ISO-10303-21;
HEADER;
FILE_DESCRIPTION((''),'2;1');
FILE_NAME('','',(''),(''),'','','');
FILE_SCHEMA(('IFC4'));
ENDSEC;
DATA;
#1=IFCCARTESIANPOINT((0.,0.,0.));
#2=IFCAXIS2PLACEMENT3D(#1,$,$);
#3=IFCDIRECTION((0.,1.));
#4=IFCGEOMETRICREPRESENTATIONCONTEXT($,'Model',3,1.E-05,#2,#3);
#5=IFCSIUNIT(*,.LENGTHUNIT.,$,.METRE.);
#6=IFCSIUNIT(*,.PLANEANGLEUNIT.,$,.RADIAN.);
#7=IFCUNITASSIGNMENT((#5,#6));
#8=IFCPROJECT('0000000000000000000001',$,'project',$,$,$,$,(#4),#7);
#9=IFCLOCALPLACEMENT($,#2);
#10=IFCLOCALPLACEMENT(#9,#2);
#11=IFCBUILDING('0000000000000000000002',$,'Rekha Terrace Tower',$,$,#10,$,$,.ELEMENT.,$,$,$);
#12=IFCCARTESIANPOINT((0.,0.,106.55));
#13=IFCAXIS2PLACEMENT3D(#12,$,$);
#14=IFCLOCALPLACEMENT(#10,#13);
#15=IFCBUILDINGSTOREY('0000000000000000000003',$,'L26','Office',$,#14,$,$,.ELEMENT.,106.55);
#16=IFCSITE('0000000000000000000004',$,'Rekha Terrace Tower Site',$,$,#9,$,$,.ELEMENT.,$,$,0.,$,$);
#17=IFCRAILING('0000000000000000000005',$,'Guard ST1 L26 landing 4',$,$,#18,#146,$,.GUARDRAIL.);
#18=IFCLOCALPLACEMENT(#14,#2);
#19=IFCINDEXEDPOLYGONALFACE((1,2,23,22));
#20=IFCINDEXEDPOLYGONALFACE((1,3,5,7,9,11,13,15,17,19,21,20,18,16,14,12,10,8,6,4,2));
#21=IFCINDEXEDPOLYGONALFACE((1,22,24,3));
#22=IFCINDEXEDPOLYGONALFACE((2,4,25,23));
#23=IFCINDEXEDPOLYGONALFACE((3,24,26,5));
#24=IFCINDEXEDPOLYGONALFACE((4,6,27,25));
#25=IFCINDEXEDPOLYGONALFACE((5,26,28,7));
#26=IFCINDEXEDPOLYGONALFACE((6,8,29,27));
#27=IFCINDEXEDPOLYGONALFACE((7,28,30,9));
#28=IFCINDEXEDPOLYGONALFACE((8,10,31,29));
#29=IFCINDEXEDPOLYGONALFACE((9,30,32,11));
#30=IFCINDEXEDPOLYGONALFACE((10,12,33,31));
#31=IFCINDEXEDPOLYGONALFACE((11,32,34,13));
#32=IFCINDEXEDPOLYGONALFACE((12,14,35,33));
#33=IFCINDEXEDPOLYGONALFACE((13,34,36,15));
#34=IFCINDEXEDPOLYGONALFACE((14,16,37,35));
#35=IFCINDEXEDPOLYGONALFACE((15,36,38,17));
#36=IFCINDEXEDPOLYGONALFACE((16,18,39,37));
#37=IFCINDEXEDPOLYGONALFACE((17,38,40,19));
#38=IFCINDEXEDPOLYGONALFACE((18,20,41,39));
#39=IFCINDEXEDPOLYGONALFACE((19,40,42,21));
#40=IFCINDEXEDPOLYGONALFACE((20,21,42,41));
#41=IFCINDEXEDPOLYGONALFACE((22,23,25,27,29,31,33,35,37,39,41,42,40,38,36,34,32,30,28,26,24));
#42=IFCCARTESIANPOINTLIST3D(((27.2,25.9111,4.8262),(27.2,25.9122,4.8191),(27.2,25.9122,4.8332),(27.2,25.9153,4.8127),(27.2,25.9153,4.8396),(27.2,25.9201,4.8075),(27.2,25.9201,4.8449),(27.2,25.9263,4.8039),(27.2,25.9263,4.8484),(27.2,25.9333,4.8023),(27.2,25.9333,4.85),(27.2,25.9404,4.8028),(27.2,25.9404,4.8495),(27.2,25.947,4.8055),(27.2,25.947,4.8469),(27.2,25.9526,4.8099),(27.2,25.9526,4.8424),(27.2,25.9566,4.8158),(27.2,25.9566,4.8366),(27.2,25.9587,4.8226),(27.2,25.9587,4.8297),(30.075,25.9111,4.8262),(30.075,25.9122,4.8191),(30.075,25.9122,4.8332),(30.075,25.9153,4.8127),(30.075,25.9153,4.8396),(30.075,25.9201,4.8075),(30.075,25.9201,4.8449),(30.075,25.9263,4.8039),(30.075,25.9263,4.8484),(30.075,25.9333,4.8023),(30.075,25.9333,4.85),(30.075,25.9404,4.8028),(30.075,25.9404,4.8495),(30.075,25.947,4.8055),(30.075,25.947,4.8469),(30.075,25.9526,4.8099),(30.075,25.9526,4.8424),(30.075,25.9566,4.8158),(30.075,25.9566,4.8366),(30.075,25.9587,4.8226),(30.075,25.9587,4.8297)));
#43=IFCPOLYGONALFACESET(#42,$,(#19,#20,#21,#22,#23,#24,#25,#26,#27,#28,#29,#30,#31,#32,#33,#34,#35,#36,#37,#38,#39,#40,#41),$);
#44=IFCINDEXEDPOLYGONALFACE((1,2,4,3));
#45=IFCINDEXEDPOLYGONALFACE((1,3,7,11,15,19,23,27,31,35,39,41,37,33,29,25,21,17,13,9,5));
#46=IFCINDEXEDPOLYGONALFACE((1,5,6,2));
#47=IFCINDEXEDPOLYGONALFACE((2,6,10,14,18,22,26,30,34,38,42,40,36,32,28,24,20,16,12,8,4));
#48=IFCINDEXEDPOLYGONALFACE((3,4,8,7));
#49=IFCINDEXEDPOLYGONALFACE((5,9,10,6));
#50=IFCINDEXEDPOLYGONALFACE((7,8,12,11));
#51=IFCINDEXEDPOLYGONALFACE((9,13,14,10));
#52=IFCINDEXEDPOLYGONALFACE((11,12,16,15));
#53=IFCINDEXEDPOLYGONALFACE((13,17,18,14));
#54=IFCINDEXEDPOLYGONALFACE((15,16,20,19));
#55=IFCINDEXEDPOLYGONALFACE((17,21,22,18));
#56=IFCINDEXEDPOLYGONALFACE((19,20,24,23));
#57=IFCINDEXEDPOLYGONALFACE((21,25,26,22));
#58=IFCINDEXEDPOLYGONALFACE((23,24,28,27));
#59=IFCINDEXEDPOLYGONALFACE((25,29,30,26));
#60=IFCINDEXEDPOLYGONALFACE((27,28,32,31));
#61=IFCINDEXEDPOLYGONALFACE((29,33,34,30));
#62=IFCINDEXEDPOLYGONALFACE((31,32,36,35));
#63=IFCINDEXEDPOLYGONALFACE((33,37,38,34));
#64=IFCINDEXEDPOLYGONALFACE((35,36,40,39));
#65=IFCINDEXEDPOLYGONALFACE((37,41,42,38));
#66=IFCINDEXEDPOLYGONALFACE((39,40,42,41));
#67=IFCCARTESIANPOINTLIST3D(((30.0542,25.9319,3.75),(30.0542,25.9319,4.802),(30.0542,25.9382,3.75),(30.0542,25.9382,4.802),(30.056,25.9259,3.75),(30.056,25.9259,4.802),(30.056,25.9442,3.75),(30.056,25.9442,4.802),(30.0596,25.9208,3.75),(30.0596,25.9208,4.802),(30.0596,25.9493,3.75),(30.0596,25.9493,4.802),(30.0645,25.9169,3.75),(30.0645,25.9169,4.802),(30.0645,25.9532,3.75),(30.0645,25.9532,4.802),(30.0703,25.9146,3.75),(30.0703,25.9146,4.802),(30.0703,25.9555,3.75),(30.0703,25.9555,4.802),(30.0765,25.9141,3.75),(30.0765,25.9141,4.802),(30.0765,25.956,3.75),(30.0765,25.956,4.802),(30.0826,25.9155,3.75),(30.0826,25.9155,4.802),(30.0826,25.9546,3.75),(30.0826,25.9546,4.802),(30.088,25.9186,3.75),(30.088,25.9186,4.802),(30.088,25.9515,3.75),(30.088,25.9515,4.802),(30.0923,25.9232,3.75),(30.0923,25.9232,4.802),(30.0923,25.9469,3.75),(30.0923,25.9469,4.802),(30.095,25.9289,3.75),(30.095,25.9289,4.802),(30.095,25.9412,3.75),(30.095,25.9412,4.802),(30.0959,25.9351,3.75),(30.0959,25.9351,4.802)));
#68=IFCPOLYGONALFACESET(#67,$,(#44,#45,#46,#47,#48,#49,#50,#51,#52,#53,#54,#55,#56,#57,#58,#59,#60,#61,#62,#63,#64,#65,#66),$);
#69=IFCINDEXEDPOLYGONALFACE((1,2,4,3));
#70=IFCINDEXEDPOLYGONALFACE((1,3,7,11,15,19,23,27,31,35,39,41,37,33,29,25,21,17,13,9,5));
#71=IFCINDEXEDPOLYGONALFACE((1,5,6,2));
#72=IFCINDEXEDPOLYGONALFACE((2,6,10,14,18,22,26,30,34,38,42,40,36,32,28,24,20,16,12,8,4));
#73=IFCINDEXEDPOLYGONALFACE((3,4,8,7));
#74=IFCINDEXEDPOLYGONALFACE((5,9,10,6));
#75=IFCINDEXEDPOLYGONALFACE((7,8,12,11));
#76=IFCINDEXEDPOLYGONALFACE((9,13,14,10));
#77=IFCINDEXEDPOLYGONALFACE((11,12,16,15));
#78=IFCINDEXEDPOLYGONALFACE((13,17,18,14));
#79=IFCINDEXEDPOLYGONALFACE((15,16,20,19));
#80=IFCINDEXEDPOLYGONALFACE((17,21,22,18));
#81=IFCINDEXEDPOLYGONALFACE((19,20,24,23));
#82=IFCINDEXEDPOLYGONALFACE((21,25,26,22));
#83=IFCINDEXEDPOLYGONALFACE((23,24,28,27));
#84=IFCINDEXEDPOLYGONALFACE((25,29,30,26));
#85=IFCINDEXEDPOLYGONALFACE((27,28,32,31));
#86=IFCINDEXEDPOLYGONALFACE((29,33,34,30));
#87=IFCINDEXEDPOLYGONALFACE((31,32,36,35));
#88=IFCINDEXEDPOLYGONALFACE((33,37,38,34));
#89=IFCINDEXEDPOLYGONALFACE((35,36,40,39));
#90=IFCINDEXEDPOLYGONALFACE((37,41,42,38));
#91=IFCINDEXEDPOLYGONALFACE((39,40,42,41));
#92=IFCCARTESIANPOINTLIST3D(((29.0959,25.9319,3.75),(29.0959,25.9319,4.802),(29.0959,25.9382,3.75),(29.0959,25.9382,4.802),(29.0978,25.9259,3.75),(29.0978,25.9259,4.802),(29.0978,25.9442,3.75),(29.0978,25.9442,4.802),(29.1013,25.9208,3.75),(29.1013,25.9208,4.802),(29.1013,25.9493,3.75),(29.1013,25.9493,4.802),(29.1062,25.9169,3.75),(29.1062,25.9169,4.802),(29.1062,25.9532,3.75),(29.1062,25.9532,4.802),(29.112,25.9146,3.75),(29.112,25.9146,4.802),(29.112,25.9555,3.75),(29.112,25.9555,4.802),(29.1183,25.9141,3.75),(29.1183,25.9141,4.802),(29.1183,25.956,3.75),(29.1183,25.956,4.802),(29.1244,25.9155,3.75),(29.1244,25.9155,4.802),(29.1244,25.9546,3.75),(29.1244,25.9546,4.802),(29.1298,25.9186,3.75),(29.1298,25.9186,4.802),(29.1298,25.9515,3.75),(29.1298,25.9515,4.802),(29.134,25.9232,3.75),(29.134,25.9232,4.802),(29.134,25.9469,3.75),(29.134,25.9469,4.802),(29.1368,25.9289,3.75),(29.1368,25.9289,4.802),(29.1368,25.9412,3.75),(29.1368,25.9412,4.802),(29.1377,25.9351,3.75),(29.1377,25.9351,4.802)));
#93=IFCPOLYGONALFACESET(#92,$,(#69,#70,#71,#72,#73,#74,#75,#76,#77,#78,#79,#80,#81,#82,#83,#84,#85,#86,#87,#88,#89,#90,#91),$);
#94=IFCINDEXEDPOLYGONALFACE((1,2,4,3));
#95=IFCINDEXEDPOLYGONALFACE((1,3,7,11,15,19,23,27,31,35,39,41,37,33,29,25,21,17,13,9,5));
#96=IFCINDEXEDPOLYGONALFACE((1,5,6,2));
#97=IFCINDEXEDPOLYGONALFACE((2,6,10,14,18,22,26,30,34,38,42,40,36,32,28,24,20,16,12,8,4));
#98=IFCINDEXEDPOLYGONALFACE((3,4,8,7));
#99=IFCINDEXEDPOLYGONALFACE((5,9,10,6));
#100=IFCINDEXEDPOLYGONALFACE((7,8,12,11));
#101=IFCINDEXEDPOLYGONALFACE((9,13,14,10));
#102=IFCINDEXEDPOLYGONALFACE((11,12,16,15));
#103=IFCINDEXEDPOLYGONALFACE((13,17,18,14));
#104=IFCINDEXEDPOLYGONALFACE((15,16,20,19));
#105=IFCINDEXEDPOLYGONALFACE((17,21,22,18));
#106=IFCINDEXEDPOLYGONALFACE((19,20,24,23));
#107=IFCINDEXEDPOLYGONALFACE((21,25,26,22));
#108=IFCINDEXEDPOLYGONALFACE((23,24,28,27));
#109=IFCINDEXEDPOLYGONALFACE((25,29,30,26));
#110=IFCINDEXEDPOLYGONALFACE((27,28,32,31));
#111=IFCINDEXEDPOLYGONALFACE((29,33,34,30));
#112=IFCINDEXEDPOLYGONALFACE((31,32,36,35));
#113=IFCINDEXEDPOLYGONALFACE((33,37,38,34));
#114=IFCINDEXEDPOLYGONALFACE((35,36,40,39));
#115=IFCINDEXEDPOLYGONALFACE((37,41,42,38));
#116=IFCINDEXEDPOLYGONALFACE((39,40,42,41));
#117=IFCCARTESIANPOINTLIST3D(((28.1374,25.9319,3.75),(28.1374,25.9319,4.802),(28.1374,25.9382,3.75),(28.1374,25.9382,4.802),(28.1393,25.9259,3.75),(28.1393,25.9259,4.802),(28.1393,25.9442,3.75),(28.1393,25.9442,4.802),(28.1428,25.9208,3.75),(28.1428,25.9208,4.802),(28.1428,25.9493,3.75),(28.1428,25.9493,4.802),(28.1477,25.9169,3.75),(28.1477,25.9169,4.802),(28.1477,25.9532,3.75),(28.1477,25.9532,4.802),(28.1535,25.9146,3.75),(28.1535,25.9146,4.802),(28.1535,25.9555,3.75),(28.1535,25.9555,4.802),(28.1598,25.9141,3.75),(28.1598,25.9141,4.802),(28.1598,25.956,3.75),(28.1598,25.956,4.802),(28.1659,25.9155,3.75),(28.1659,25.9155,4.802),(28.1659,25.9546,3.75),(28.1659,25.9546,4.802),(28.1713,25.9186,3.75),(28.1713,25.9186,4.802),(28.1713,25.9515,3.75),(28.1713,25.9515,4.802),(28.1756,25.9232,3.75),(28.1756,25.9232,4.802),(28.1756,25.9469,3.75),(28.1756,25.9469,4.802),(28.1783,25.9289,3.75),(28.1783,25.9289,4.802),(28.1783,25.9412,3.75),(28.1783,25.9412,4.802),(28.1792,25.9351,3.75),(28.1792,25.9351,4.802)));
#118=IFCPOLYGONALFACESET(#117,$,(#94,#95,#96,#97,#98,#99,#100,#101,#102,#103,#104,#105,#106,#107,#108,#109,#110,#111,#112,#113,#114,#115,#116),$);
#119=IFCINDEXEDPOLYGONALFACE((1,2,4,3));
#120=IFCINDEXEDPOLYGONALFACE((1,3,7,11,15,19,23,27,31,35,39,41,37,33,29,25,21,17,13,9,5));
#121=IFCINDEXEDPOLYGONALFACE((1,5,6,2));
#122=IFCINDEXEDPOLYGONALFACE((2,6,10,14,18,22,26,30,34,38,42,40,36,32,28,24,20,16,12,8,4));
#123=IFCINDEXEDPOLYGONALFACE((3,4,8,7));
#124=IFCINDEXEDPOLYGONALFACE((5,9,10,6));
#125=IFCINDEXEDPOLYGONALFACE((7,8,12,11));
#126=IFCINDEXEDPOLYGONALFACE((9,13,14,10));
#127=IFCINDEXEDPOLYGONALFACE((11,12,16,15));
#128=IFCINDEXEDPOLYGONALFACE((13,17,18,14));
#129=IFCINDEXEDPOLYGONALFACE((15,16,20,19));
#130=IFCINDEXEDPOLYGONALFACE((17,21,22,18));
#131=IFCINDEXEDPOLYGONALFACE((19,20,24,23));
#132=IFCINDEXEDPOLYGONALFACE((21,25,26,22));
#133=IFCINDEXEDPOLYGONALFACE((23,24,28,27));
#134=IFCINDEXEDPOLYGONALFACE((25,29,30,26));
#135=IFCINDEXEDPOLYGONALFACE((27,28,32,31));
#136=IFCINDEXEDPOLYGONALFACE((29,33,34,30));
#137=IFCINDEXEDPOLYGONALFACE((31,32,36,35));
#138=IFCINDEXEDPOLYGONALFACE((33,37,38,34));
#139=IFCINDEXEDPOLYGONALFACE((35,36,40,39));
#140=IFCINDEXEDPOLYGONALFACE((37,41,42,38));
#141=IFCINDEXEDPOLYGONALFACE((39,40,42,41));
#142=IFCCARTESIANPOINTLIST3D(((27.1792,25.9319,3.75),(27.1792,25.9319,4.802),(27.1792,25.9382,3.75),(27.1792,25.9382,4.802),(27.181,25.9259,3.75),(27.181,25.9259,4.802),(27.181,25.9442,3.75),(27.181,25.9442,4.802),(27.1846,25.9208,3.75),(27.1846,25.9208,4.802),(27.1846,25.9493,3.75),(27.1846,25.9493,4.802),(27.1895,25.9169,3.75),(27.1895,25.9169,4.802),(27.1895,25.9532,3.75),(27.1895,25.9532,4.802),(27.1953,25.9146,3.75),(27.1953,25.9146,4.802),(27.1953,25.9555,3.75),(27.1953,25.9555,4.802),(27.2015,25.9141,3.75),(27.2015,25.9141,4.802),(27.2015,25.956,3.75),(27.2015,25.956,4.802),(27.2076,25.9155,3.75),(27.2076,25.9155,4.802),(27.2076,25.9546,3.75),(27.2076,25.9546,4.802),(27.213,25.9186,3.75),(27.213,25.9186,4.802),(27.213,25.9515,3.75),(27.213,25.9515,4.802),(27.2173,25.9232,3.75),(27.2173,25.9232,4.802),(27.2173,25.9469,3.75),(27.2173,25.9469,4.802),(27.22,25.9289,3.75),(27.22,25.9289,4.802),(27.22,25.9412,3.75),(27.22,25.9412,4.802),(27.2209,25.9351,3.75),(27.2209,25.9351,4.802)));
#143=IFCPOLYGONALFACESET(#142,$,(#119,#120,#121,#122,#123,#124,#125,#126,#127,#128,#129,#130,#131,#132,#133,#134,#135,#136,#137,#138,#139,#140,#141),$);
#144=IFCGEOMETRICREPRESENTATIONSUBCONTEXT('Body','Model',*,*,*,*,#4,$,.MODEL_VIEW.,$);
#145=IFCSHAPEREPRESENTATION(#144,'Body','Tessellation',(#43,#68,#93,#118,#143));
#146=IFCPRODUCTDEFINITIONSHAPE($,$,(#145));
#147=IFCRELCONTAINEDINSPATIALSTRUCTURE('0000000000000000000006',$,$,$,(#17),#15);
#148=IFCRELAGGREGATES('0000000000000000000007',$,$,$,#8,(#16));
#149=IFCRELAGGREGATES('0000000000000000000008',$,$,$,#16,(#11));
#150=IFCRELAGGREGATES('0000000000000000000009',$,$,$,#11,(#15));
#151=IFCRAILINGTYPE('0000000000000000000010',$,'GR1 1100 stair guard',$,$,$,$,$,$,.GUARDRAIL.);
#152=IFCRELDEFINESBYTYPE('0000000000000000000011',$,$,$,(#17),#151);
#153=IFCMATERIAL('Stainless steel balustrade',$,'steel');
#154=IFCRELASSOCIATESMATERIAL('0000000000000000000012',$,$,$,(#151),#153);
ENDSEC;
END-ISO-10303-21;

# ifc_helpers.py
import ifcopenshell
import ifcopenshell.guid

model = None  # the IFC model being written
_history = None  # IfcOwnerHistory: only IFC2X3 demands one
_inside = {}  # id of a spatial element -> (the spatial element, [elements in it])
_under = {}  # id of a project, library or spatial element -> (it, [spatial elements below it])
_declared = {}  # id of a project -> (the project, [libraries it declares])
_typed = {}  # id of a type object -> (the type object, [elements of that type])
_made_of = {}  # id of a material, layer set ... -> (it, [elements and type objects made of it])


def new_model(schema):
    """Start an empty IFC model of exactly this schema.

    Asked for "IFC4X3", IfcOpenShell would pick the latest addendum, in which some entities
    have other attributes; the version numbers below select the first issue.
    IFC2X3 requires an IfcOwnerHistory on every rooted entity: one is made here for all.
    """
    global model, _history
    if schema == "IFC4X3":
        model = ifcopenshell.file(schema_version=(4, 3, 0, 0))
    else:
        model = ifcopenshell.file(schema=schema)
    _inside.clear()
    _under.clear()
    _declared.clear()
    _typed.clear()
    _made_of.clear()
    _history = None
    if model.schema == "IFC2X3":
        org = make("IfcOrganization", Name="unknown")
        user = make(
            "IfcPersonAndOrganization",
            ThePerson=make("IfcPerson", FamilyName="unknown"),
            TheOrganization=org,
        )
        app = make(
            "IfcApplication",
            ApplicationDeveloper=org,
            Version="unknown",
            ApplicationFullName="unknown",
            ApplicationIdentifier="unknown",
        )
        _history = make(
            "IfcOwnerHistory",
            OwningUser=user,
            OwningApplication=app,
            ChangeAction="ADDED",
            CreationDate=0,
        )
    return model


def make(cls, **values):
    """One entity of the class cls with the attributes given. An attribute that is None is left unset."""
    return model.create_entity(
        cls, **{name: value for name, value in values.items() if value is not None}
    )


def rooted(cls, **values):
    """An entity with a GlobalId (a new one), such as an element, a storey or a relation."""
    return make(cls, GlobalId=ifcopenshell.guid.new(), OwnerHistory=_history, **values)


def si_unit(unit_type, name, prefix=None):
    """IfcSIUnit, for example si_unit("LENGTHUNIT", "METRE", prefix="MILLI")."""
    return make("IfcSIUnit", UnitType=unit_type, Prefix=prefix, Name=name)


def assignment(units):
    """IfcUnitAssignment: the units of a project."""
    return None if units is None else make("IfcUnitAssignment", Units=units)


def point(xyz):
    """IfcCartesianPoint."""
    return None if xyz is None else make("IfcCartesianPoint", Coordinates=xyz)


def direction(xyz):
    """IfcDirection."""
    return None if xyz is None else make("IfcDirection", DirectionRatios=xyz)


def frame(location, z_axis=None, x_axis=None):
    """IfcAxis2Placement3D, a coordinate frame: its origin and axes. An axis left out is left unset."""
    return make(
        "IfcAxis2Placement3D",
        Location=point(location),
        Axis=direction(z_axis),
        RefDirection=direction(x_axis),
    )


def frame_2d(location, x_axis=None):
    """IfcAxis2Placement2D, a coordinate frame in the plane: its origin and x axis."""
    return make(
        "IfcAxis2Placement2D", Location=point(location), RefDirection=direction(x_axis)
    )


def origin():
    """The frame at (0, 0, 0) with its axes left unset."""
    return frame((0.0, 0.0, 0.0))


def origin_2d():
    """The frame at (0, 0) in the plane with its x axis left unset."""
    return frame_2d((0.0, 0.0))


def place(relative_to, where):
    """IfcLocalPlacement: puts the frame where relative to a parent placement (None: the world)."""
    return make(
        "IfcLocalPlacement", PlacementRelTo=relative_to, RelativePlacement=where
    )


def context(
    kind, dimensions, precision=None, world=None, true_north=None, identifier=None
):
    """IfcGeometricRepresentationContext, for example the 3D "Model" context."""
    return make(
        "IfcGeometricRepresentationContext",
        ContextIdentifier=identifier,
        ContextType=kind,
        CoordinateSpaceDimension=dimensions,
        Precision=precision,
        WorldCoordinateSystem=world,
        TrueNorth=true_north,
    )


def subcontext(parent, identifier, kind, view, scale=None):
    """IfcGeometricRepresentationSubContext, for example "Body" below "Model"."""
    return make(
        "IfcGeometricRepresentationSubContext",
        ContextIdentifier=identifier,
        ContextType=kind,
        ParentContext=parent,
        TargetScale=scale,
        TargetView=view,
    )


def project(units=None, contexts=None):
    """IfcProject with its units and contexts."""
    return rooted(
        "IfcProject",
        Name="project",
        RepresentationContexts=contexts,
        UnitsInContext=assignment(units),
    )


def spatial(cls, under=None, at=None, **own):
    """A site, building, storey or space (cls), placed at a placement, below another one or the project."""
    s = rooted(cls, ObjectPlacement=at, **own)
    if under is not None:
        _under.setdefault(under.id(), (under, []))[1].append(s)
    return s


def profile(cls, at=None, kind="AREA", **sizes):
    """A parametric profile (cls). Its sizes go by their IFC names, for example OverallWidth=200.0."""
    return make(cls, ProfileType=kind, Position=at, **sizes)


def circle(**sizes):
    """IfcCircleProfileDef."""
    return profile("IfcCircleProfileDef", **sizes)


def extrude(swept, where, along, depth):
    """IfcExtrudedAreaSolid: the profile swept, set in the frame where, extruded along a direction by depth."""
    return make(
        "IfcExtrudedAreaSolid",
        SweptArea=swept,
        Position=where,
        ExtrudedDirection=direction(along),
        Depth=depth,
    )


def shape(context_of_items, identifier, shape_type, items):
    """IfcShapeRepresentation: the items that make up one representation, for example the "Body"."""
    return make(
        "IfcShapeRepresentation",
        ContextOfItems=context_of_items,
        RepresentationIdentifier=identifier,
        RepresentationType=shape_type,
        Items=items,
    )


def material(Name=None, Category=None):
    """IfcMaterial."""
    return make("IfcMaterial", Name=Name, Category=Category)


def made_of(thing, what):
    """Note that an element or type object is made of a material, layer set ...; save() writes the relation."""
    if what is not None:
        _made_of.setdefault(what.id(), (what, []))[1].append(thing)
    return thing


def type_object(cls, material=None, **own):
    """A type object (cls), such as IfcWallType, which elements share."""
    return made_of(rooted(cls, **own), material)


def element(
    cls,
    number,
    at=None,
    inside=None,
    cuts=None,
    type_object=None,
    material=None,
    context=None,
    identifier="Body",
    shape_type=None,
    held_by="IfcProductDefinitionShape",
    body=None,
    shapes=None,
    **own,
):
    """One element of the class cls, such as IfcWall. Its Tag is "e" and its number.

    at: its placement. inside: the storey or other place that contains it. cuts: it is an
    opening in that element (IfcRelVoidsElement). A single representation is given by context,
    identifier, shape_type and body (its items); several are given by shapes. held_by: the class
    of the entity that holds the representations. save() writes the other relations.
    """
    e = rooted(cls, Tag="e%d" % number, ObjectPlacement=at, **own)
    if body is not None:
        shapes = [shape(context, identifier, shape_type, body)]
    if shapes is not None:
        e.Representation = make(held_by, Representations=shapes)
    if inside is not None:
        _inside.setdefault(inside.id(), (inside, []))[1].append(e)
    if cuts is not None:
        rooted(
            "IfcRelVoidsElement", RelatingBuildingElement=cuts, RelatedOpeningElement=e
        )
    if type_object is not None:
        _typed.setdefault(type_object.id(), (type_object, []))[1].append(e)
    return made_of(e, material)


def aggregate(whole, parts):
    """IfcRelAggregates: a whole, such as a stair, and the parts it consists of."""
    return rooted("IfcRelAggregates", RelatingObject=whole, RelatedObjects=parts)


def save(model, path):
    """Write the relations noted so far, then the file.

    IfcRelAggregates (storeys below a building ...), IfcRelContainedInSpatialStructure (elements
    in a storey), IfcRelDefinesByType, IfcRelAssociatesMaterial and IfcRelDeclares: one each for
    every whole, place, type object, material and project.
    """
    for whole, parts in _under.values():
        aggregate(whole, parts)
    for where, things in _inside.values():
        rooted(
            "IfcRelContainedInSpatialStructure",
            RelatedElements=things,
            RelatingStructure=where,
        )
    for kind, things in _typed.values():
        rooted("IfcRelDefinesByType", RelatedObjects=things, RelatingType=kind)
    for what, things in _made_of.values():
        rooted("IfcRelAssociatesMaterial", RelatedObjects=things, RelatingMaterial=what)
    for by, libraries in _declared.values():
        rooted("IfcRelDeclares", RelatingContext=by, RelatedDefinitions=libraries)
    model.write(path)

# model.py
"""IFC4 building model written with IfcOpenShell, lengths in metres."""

from ifc_helpers import new_model, si_unit, direction, frame, origin, origin_2d, place, context, subcontext, project, spatial, circle, extrude, material, type_object, element, save


model = new_model("IFC4")

# Units and contexts
model_context = context("Model", 3, precision=1e-05, world=origin(), true_north=direction((0.0, 1.0)))
body_context = subcontext(model_context, "Body", "Model", "MODEL_VIEW")
ifc_project = project(units=[si_unit("LENGTHUNIT", "METRE"), si_unit("PLANEANGLEUNIT", "RADIAN")], contexts=[model_context])

# Site, building, storey
site_placement = place(None, origin())
site = spatial("IfcSite", under=ifc_project, at=site_placement, Name="Rekha Terrace Tower Site", CompositionType="ELEMENT", RefElevation=0.0)
building_placement = place(site_placement, origin())
building = spatial("IfcBuilding", under=site, at=building_placement, Name="Rekha Terrace Tower", CompositionType="ELEMENT")
storey_placement = place(building_placement, frame((0.0, 0.0, 106.55)))
storey = spatial("IfcBuildingStorey", under=building, at=storey_placement, Name="L26", Description="Office", CompositionType="ELEMENT", Elevation=106.55)

# Railing
ifc_material_1 = material(Name="Stainless steel balustrade", Category="steel")
railing_type_1 = type_object("IfcRailingType", Name="GR1 1100 stair guard", PredefinedType="GUARDRAIL", material=ifc_material_1)
railing_1_placement = place(storey_placement, frame((30.075, 25.9351, 3.75)))
element("IfcRailing", 1, at=railing_1_placement, inside=storey, type_object=railing_type_1, Name="Guard ST1 L26 landing 4", PredefinedType="GUARDRAIL", context=body_context, shape_type="SweptSolid", body=[
    extrude(circle(Radius=0.0239, at=origin_2d()), frame((0.0, 0.0, 1.0762), z_axis=(-1.0, 0.0, 0.0), x_axis=(0.0, -1.0, 0.0)), (0.0, 0.0, 1.0), 2.875),
    extrude(circle(Radius=0.021, at=origin_2d()), origin(), (0.0, 0.0, 1.0), 1.052),
    extrude(circle(Radius=0.021, at=origin_2d()), frame((-0.9583, 0.0, 0.0)), (0.0, 0.0, 1.0), 1.052),
    extrude(circle(Radius=0.021, at=origin_2d()), frame((-1.9167, 0.0, 0.0)), (0.0, 0.0, 1.0), 1.052),
    extrude(circle(Radius=0.021, at=origin_2d()), frame((-2.875, 0.0, 0.0)), (0.0, 0.0, 1.0), 1.052),
])

save(model, "model.ifc")
